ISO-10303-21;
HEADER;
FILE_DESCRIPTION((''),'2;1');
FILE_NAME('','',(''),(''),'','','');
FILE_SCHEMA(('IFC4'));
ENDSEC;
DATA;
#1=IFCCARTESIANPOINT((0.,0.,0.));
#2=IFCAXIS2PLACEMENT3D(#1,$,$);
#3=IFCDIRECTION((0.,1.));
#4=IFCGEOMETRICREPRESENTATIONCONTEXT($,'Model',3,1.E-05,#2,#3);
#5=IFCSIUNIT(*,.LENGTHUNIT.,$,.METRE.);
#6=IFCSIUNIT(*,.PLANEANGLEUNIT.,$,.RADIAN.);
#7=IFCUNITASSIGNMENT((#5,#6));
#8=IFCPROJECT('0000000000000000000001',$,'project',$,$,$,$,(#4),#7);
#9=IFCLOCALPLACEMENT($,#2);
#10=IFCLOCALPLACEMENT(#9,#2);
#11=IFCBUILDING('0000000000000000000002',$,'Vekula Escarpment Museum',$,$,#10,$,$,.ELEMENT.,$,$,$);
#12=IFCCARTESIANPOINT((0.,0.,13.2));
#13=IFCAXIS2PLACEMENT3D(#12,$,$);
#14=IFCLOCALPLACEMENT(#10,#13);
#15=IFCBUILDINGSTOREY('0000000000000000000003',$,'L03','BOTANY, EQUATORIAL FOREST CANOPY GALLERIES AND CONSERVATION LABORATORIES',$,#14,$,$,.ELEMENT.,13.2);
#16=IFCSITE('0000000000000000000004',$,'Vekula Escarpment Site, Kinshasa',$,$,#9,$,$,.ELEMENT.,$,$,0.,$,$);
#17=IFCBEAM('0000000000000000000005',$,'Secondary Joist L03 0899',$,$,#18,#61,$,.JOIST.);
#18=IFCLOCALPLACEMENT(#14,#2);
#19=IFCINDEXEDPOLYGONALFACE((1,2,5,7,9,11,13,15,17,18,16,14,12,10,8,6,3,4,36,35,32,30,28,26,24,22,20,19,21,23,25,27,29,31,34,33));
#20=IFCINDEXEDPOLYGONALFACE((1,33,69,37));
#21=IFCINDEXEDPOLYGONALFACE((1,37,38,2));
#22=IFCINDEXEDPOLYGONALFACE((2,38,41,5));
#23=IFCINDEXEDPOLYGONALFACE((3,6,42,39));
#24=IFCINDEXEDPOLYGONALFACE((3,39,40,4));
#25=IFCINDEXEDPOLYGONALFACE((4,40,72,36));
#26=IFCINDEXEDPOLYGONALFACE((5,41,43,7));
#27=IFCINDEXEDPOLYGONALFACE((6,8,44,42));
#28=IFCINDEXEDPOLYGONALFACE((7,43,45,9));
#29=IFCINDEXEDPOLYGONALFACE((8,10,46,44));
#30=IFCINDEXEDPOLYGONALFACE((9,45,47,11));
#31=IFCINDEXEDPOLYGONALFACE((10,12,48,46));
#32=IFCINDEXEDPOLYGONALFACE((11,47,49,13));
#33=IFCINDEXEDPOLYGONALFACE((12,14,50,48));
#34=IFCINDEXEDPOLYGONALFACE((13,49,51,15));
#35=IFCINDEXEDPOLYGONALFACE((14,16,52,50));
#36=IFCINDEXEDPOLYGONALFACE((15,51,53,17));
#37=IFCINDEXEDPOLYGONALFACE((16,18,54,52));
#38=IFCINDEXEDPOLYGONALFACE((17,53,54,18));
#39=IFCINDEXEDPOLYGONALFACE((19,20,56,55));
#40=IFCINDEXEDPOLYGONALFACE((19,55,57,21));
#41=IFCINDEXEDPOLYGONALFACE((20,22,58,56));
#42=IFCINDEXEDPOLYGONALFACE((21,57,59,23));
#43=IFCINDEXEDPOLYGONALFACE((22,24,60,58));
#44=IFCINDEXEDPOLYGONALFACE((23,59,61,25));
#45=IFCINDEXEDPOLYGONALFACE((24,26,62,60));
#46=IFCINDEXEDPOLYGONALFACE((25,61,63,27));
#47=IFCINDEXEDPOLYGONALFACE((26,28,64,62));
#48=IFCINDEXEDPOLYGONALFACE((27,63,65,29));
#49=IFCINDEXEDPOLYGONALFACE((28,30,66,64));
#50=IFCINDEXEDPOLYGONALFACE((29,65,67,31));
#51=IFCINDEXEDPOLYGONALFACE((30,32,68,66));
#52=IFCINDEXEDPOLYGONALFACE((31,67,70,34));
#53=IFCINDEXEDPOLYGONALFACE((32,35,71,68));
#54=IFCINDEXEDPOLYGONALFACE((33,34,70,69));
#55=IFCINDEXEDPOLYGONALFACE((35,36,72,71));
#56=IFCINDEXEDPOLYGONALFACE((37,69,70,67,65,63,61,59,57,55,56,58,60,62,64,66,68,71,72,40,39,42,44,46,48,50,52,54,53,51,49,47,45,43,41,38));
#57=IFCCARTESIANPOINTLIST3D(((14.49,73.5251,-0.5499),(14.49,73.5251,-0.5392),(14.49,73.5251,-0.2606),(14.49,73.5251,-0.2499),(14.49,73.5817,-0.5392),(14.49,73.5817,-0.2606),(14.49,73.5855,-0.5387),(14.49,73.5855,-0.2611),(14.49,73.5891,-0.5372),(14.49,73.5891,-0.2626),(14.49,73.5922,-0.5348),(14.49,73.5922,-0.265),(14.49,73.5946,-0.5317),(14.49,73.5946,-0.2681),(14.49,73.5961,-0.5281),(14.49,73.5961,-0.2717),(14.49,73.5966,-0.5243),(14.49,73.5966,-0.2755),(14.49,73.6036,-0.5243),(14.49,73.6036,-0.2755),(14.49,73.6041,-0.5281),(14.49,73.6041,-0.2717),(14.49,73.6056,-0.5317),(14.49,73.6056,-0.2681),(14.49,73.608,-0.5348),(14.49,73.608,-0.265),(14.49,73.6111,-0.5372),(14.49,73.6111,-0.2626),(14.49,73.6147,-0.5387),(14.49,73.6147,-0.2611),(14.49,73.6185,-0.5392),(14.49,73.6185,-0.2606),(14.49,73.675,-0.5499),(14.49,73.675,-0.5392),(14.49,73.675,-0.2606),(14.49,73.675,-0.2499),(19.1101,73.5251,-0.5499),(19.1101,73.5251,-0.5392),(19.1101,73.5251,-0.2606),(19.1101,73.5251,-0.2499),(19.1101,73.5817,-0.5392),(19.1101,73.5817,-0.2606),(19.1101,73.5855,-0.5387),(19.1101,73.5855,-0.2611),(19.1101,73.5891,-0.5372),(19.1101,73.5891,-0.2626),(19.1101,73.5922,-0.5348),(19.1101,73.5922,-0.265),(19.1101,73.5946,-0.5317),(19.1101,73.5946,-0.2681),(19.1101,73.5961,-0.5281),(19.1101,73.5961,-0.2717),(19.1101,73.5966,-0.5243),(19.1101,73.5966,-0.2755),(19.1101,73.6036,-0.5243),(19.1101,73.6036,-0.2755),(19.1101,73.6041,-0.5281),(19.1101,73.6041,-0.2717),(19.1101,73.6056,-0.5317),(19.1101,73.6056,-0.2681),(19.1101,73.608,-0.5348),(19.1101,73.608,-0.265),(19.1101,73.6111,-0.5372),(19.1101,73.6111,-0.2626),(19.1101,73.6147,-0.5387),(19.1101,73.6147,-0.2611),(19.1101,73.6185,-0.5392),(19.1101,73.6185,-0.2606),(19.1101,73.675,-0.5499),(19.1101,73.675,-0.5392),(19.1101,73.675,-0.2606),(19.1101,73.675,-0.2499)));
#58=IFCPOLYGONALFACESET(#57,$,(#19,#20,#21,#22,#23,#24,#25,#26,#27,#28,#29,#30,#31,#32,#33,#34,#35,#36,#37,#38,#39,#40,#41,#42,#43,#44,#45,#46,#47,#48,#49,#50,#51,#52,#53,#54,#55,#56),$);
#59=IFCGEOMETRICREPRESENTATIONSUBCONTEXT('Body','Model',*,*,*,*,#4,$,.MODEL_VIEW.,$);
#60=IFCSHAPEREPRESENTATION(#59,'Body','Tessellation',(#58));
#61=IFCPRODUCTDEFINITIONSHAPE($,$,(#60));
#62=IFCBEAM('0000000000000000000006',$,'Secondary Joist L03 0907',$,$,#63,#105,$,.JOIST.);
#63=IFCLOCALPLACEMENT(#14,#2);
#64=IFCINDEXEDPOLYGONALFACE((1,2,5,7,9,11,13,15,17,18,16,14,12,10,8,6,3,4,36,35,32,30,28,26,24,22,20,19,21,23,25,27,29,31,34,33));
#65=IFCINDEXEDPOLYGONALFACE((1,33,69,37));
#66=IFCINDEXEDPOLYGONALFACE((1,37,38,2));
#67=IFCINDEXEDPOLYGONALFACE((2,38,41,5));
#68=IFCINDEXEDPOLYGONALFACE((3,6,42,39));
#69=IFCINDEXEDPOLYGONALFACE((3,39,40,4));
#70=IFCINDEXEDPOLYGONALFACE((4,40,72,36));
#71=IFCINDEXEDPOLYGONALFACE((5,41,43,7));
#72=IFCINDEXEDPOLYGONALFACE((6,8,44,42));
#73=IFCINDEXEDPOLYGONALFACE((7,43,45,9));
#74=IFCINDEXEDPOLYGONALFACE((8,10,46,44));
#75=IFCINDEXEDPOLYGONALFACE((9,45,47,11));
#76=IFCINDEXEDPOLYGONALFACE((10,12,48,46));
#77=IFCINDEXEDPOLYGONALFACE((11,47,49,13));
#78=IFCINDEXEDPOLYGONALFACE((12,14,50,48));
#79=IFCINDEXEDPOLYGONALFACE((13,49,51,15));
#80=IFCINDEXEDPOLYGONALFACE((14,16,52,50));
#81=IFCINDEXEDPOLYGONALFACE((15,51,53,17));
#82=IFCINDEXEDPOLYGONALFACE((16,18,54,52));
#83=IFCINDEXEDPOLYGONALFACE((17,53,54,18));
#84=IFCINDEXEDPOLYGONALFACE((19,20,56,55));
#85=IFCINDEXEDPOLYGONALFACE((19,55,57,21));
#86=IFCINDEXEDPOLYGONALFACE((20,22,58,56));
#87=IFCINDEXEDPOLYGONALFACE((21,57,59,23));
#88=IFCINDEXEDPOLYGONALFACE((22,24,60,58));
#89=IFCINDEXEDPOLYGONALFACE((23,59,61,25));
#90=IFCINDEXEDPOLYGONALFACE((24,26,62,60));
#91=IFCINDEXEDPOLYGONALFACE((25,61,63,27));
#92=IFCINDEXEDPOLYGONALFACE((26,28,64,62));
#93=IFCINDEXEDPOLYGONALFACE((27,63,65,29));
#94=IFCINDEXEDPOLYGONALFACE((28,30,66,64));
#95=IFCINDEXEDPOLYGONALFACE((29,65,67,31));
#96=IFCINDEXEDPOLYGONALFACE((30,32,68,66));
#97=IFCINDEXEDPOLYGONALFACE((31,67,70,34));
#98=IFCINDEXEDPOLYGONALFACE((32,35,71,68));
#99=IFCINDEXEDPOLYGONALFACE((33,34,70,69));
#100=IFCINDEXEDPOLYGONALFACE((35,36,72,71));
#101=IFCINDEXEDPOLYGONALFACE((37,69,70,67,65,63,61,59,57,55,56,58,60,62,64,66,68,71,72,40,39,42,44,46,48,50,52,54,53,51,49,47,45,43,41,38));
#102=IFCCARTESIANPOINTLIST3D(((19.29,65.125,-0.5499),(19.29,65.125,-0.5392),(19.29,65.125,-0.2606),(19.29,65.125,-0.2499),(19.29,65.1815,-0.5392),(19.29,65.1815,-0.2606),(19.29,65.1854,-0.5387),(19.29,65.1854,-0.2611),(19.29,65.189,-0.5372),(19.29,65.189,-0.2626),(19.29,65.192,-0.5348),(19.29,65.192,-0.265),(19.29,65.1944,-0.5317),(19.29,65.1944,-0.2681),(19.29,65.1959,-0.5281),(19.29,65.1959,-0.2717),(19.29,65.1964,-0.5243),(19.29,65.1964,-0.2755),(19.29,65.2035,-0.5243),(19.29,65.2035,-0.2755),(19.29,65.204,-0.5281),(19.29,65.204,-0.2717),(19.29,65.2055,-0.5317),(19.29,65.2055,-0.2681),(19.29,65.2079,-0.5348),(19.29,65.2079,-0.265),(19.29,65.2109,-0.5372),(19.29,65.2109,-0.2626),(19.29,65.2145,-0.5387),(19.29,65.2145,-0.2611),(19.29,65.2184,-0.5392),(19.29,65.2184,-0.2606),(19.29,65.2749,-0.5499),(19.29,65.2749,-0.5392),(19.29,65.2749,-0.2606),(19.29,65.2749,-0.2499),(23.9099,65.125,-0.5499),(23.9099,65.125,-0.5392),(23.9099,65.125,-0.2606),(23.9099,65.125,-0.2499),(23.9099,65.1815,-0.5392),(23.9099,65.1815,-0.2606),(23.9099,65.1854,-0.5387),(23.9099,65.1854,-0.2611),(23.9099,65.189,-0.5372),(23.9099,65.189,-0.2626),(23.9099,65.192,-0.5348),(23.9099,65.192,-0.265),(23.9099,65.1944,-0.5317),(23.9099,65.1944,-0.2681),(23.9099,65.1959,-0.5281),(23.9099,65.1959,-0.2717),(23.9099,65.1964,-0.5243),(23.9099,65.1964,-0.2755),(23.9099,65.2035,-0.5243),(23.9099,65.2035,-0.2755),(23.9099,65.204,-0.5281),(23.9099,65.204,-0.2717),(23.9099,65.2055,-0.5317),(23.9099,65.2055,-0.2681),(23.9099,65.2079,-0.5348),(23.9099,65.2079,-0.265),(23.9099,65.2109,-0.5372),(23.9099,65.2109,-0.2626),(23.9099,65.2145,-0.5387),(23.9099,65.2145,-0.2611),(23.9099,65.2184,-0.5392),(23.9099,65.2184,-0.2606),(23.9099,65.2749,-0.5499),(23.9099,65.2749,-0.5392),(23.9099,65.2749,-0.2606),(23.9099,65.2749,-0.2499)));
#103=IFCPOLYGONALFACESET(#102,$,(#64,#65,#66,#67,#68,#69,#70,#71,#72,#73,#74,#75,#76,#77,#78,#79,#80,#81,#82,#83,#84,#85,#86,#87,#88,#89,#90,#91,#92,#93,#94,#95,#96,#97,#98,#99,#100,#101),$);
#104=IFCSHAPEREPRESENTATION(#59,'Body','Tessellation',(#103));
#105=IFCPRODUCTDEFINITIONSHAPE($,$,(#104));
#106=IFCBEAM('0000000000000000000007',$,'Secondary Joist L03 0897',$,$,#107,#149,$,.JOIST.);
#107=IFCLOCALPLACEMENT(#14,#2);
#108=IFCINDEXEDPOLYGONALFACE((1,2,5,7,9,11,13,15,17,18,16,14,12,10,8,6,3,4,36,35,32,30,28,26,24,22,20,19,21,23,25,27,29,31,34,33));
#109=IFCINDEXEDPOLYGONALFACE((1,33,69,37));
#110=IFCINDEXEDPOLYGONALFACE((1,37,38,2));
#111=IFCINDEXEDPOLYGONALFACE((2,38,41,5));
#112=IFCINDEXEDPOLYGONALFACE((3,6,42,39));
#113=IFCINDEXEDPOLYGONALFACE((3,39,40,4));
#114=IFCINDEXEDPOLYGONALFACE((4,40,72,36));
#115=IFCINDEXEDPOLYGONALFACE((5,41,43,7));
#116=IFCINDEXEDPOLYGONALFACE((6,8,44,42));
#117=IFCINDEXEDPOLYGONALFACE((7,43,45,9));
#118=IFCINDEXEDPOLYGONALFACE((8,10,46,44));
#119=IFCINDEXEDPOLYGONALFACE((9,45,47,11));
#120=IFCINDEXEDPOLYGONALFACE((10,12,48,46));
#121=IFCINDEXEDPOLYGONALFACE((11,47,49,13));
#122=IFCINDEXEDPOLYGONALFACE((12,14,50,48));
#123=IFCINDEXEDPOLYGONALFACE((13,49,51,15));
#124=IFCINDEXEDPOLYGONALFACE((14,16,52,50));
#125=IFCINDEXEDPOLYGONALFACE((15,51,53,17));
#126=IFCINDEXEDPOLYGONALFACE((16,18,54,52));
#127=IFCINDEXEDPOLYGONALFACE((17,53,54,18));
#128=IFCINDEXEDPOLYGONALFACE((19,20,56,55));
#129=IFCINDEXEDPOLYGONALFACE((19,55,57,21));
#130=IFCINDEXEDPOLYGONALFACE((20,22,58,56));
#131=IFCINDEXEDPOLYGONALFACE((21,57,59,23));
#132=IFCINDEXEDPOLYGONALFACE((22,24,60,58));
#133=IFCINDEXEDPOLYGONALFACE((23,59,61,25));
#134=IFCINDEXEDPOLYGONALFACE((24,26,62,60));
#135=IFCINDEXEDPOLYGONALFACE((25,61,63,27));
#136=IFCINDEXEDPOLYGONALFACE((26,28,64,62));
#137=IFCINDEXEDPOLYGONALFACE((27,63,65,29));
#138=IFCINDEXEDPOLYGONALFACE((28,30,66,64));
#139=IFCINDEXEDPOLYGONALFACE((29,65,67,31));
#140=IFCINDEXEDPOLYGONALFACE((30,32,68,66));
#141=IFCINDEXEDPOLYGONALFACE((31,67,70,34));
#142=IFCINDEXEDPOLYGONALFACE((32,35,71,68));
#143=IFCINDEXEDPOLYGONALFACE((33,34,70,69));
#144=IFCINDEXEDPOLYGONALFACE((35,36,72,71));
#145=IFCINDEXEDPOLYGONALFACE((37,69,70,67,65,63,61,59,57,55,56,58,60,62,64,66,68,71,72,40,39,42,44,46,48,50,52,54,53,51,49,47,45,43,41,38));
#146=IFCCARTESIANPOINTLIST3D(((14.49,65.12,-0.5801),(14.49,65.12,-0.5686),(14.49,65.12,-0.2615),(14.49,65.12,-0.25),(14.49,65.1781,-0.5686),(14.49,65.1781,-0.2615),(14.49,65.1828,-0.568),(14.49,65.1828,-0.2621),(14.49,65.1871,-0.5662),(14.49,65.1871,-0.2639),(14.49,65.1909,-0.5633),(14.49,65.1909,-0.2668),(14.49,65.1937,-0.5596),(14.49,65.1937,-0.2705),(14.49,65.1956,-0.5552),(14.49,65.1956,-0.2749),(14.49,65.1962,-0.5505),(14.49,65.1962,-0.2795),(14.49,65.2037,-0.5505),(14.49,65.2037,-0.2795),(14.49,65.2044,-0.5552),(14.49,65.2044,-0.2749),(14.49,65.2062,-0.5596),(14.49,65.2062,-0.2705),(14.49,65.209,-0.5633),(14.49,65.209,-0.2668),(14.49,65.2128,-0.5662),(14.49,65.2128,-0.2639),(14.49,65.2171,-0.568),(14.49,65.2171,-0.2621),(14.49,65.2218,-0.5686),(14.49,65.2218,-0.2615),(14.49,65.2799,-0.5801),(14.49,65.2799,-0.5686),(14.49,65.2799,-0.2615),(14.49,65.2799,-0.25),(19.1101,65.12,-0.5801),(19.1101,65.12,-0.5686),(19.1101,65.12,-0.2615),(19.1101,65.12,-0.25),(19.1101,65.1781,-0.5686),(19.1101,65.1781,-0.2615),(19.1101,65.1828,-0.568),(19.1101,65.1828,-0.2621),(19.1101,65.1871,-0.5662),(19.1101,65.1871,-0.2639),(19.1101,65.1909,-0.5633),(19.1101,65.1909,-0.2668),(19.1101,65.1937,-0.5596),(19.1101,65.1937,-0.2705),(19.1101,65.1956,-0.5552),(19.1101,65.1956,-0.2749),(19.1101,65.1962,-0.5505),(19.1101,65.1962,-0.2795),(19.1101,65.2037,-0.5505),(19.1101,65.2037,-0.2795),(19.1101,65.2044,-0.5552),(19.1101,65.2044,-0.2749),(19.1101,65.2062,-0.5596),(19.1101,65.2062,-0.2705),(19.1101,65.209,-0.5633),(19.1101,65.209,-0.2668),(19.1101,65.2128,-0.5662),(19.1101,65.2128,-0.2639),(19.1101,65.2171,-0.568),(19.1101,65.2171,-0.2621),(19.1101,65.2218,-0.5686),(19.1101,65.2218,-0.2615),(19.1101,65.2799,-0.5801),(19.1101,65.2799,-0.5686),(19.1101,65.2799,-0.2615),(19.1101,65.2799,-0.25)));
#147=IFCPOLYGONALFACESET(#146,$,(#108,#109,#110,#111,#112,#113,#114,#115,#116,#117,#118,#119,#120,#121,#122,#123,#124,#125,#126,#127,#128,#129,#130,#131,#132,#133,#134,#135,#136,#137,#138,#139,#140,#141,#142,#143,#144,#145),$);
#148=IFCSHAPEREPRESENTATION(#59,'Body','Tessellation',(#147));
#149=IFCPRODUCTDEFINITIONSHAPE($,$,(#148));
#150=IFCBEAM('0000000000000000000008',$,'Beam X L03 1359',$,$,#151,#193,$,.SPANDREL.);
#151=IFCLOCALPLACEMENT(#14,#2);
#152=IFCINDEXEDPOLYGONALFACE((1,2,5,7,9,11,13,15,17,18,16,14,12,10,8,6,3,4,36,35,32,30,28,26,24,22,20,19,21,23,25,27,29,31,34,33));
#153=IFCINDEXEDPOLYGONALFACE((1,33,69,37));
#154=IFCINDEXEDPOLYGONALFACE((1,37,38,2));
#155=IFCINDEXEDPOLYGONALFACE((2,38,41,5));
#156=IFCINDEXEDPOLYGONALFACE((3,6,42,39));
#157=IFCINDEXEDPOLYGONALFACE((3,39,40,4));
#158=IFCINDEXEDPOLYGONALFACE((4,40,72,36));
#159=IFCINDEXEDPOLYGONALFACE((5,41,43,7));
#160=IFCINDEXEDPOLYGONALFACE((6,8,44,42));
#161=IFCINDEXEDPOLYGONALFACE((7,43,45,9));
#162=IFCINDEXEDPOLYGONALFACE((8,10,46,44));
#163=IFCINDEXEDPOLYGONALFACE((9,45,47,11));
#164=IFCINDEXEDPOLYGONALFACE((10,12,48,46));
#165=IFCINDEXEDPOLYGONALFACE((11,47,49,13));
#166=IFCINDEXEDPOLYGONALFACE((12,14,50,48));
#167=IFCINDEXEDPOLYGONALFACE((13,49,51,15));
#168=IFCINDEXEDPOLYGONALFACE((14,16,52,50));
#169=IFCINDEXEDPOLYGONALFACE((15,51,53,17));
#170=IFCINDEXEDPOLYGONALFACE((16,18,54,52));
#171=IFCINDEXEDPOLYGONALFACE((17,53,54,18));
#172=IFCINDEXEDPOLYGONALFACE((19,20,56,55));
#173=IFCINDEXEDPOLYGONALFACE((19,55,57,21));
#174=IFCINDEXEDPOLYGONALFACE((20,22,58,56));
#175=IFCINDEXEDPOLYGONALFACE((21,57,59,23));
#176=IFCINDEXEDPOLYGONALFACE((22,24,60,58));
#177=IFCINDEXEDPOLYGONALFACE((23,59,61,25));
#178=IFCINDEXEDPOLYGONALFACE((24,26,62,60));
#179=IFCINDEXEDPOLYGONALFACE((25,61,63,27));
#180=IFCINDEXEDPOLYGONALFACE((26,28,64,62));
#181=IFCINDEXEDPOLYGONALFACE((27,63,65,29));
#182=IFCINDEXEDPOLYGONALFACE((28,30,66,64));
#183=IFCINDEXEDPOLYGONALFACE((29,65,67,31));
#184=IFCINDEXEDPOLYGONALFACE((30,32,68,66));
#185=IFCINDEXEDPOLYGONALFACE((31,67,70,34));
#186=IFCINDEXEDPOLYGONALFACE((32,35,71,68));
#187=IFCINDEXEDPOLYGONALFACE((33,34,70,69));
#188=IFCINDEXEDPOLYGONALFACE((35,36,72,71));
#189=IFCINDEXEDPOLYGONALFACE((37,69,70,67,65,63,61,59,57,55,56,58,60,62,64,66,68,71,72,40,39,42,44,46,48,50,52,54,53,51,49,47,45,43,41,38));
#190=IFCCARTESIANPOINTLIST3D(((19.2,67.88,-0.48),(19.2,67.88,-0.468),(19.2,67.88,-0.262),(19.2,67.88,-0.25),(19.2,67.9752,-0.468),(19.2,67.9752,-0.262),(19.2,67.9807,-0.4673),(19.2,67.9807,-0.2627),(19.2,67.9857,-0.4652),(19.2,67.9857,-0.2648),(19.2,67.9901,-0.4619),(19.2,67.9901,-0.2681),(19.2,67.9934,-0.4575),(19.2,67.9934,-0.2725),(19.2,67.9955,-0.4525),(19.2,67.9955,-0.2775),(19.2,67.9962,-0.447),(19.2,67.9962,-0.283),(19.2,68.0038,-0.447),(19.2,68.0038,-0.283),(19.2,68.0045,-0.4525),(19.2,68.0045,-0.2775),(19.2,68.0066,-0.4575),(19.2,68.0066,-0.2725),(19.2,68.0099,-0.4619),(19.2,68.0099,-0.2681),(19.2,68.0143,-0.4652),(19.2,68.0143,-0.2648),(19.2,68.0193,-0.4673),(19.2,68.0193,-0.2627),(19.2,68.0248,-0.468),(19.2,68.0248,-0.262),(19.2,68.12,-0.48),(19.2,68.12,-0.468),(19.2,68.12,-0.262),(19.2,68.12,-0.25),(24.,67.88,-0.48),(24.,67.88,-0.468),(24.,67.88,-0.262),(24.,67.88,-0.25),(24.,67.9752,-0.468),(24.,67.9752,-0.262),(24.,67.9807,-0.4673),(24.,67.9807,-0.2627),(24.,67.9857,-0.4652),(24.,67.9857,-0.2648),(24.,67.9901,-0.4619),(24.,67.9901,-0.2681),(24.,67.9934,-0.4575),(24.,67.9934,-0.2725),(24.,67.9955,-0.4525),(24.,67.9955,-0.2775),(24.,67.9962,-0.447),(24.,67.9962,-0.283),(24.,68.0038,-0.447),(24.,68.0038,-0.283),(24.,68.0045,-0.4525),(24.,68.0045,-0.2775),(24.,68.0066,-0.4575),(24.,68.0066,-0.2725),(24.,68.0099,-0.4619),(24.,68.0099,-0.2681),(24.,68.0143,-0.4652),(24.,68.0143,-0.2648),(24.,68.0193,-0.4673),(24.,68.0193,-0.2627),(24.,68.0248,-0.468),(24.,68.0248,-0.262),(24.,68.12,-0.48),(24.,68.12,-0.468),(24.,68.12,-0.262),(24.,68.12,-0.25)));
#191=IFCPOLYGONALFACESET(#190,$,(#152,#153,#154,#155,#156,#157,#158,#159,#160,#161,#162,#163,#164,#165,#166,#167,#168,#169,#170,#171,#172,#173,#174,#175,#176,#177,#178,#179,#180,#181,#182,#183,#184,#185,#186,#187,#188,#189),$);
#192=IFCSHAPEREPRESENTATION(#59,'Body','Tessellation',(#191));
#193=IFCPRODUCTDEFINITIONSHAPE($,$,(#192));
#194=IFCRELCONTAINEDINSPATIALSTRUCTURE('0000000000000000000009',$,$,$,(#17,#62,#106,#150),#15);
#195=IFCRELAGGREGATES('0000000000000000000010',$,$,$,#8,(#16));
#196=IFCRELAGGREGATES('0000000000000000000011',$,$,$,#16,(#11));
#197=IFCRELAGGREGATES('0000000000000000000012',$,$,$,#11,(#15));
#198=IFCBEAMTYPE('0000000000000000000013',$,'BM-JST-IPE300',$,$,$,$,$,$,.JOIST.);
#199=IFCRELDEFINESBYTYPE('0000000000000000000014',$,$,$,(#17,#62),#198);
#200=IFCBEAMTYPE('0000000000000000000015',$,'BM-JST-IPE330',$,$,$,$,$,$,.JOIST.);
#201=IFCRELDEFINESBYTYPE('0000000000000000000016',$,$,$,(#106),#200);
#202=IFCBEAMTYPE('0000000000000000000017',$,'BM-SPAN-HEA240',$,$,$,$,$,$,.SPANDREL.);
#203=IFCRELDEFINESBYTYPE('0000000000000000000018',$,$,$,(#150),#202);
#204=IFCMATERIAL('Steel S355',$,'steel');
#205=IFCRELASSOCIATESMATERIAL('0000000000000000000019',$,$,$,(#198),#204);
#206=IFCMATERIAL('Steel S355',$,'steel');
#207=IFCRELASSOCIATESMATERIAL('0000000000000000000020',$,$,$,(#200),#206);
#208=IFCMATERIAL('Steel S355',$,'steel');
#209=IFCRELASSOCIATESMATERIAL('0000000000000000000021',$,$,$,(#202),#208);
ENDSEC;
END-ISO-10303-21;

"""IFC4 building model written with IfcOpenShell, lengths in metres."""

from ifc_helpers import new_model, si_unit, direction, frame, origin, origin_2d, place, context, subcontext, project, spatial, i_section, extrude, material, material_profile, profile_set, type_object, element, save


model = new_model("IFC4")

# Units and contexts
model_context = context("Model", 3, precision=1e-05, world=origin(), true_north=direction((0.0, 1.0)))
body_context = subcontext(model_context, "Body", "Model", "MODEL_VIEW")
ifc_project = project(units=[si_unit("LENGTHUNIT", "METRE"), si_unit("PLANEANGLEUNIT", "RADIAN")], contexts=[model_context])

# Site, building, storey
site_placement = place(None, origin())
site = spatial("IfcSite", under=ifc_project, at=site_placement, Name="Vekula Escarpment Site, Kinshasa", CompositionType="ELEMENT", RefElevation=0.0)
building_placement = place(site_placement, origin())
building = spatial("IfcBuilding", under=site, at=building_placement, Name="Vekula Escarpment Museum", CompositionType="ELEMENT")
storey_placement = place(building_placement, frame((0.0, 0.0, 13.2)))
storey = spatial("IfcBuildingStorey", under=building, at=storey_placement, Name="L03", Description="BOTANY, EQUATORIAL FOREST CANOPY GALLERIES AND CONSERVATION LABORATORIES", CompositionType="ELEMENT", Elevation=13.2)

# Beams
ifc_material_1 = material(Name="Steel S355", Category="steel")
ifc_material_profile_1 = material_profile(ifc_material_1, i_section(OverallWidth=0.1499, OverallDepth=0.3, WebThickness=0.0071, FlangeThickness=0.0107, FilletRadius=0.0149, at=origin_2d()), Name="IPE 300")
ifc_profile_set_1 = profile_set([ifc_material_profile_1], Name="Steel S355")
beam_type_1 = type_object("IfcBeamType", Name="BM-JST-IPE300", PredefinedType="JOIST", material=ifc_profile_set_1)
for number, where, z_axis, x_axis, name in (
    (1, (14.49, 73.6001, -0.3999), (1.0, 0.0, 0.0), (0.0, 1.0, 0.0), "Secondary Joist L03 0899"),
):
    element("IfcBeam", number, at=place(storey_placement, frame(where, z_axis=z_axis, x_axis=x_axis)), inside=storey, type_object=beam_type_1, Name=name, PredefinedType="JOIST", context=body_context, shape_type="SweptSolid", body=[
        extrude(i_section(OverallWidth=0.1499, OverallDepth=0.3, WebThickness=0.0071, FlangeThickness=0.0107, FilletRadius=0.0149, at=origin_2d()), origin(), (0.0, 0.0, 1.0), 4.6201),
    ])
beam_1_placement = place(storey_placement, frame((19.29, 65.2, -0.3999), z_axis=(1.0, 0.0, 0.0), x_axis=(0.0, 1.0, 0.0)))
element("IfcBeam", 2, at=beam_1_placement, inside=storey, type_object=beam_type_1, Name="Secondary Joist L03 0907", PredefinedType="JOIST", context=body_context, shape_type="SweptSolid", body=[
    extrude(i_section(OverallWidth=0.1499, OverallDepth=0.3, WebThickness=0.0071, FlangeThickness=0.0107, FilletRadius=0.0149, at=origin_2d()), origin(), (0.0, 0.0, 1.0), 4.6199),
])
ifc_material_2 = material(Name="Steel S355", Category="steel")
ifc_material_profile_2 = material_profile(ifc_material_2, i_section(OverallWidth=0.1599, OverallDepth=0.3301, WebThickness=0.0076, FlangeThickness=0.0115, FilletRadius=0.0181, at=origin_2d()), Name="IPE 330")
ifc_profile_set_2 = profile_set([ifc_material_profile_2], Name="Steel S355")
beam_type_2 = type_object("IfcBeamType", Name="BM-JST-IPE330", PredefinedType="JOIST", material=ifc_profile_set_2)
beam_2_placement = place(storey_placement, frame((14.49, 65.2, -0.415), z_axis=(1.0, 0.0, 0.0), x_axis=(0.0, 1.0, 0.0)))
element("IfcBeam", 3, at=beam_2_placement, inside=storey, type_object=beam_type_2, Name="Secondary Joist L03 0897", PredefinedType="JOIST", context=body_context, shape_type="SweptSolid", body=[
    extrude(i_section(OverallWidth=0.1599, OverallDepth=0.3301, WebThickness=0.0076, FlangeThickness=0.0115, FilletRadius=0.0181, at=origin_2d()), origin(), (0.0, 0.0, 1.0), 4.6201),
])
ifc_material_3 = material(Name="Steel S355", Category="steel")
ifc_material_profile_3 = material_profile(ifc_material_3, i_section(OverallWidth=0.24, OverallDepth=0.23, WebThickness=0.0076, FlangeThickness=0.012, FilletRadius=0.021, at=origin_2d()), Name="HEA 240")
ifc_profile_set_3 = profile_set([ifc_material_profile_3], Name="Steel S355")
beam_type_3 = type_object("IfcBeamType", Name="BM-SPAN-HEA240", PredefinedType="SPANDREL", material=ifc_profile_set_3)
beam_3_placement = place(storey_placement, frame((19.2, 68.0, -0.365), z_axis=(1.0, 0.0, 0.0), x_axis=(0.0, 1.0, 0.0)))
element("IfcBeam", 4, at=beam_3_placement, inside=storey, type_object=beam_type_3, Name="Beam X L03 1359", PredefinedType="SPANDREL", context=body_context, shape_type="SweptSolid", body=[
    extrude(i_section(OverallWidth=0.24, OverallDepth=0.23, WebThickness=0.0076, FlangeThickness=0.012, FilletRadius=0.021, at=origin_2d()), origin(), (0.0, 0.0, 1.0), 4.8),
])

save(model, "model.ifc")
